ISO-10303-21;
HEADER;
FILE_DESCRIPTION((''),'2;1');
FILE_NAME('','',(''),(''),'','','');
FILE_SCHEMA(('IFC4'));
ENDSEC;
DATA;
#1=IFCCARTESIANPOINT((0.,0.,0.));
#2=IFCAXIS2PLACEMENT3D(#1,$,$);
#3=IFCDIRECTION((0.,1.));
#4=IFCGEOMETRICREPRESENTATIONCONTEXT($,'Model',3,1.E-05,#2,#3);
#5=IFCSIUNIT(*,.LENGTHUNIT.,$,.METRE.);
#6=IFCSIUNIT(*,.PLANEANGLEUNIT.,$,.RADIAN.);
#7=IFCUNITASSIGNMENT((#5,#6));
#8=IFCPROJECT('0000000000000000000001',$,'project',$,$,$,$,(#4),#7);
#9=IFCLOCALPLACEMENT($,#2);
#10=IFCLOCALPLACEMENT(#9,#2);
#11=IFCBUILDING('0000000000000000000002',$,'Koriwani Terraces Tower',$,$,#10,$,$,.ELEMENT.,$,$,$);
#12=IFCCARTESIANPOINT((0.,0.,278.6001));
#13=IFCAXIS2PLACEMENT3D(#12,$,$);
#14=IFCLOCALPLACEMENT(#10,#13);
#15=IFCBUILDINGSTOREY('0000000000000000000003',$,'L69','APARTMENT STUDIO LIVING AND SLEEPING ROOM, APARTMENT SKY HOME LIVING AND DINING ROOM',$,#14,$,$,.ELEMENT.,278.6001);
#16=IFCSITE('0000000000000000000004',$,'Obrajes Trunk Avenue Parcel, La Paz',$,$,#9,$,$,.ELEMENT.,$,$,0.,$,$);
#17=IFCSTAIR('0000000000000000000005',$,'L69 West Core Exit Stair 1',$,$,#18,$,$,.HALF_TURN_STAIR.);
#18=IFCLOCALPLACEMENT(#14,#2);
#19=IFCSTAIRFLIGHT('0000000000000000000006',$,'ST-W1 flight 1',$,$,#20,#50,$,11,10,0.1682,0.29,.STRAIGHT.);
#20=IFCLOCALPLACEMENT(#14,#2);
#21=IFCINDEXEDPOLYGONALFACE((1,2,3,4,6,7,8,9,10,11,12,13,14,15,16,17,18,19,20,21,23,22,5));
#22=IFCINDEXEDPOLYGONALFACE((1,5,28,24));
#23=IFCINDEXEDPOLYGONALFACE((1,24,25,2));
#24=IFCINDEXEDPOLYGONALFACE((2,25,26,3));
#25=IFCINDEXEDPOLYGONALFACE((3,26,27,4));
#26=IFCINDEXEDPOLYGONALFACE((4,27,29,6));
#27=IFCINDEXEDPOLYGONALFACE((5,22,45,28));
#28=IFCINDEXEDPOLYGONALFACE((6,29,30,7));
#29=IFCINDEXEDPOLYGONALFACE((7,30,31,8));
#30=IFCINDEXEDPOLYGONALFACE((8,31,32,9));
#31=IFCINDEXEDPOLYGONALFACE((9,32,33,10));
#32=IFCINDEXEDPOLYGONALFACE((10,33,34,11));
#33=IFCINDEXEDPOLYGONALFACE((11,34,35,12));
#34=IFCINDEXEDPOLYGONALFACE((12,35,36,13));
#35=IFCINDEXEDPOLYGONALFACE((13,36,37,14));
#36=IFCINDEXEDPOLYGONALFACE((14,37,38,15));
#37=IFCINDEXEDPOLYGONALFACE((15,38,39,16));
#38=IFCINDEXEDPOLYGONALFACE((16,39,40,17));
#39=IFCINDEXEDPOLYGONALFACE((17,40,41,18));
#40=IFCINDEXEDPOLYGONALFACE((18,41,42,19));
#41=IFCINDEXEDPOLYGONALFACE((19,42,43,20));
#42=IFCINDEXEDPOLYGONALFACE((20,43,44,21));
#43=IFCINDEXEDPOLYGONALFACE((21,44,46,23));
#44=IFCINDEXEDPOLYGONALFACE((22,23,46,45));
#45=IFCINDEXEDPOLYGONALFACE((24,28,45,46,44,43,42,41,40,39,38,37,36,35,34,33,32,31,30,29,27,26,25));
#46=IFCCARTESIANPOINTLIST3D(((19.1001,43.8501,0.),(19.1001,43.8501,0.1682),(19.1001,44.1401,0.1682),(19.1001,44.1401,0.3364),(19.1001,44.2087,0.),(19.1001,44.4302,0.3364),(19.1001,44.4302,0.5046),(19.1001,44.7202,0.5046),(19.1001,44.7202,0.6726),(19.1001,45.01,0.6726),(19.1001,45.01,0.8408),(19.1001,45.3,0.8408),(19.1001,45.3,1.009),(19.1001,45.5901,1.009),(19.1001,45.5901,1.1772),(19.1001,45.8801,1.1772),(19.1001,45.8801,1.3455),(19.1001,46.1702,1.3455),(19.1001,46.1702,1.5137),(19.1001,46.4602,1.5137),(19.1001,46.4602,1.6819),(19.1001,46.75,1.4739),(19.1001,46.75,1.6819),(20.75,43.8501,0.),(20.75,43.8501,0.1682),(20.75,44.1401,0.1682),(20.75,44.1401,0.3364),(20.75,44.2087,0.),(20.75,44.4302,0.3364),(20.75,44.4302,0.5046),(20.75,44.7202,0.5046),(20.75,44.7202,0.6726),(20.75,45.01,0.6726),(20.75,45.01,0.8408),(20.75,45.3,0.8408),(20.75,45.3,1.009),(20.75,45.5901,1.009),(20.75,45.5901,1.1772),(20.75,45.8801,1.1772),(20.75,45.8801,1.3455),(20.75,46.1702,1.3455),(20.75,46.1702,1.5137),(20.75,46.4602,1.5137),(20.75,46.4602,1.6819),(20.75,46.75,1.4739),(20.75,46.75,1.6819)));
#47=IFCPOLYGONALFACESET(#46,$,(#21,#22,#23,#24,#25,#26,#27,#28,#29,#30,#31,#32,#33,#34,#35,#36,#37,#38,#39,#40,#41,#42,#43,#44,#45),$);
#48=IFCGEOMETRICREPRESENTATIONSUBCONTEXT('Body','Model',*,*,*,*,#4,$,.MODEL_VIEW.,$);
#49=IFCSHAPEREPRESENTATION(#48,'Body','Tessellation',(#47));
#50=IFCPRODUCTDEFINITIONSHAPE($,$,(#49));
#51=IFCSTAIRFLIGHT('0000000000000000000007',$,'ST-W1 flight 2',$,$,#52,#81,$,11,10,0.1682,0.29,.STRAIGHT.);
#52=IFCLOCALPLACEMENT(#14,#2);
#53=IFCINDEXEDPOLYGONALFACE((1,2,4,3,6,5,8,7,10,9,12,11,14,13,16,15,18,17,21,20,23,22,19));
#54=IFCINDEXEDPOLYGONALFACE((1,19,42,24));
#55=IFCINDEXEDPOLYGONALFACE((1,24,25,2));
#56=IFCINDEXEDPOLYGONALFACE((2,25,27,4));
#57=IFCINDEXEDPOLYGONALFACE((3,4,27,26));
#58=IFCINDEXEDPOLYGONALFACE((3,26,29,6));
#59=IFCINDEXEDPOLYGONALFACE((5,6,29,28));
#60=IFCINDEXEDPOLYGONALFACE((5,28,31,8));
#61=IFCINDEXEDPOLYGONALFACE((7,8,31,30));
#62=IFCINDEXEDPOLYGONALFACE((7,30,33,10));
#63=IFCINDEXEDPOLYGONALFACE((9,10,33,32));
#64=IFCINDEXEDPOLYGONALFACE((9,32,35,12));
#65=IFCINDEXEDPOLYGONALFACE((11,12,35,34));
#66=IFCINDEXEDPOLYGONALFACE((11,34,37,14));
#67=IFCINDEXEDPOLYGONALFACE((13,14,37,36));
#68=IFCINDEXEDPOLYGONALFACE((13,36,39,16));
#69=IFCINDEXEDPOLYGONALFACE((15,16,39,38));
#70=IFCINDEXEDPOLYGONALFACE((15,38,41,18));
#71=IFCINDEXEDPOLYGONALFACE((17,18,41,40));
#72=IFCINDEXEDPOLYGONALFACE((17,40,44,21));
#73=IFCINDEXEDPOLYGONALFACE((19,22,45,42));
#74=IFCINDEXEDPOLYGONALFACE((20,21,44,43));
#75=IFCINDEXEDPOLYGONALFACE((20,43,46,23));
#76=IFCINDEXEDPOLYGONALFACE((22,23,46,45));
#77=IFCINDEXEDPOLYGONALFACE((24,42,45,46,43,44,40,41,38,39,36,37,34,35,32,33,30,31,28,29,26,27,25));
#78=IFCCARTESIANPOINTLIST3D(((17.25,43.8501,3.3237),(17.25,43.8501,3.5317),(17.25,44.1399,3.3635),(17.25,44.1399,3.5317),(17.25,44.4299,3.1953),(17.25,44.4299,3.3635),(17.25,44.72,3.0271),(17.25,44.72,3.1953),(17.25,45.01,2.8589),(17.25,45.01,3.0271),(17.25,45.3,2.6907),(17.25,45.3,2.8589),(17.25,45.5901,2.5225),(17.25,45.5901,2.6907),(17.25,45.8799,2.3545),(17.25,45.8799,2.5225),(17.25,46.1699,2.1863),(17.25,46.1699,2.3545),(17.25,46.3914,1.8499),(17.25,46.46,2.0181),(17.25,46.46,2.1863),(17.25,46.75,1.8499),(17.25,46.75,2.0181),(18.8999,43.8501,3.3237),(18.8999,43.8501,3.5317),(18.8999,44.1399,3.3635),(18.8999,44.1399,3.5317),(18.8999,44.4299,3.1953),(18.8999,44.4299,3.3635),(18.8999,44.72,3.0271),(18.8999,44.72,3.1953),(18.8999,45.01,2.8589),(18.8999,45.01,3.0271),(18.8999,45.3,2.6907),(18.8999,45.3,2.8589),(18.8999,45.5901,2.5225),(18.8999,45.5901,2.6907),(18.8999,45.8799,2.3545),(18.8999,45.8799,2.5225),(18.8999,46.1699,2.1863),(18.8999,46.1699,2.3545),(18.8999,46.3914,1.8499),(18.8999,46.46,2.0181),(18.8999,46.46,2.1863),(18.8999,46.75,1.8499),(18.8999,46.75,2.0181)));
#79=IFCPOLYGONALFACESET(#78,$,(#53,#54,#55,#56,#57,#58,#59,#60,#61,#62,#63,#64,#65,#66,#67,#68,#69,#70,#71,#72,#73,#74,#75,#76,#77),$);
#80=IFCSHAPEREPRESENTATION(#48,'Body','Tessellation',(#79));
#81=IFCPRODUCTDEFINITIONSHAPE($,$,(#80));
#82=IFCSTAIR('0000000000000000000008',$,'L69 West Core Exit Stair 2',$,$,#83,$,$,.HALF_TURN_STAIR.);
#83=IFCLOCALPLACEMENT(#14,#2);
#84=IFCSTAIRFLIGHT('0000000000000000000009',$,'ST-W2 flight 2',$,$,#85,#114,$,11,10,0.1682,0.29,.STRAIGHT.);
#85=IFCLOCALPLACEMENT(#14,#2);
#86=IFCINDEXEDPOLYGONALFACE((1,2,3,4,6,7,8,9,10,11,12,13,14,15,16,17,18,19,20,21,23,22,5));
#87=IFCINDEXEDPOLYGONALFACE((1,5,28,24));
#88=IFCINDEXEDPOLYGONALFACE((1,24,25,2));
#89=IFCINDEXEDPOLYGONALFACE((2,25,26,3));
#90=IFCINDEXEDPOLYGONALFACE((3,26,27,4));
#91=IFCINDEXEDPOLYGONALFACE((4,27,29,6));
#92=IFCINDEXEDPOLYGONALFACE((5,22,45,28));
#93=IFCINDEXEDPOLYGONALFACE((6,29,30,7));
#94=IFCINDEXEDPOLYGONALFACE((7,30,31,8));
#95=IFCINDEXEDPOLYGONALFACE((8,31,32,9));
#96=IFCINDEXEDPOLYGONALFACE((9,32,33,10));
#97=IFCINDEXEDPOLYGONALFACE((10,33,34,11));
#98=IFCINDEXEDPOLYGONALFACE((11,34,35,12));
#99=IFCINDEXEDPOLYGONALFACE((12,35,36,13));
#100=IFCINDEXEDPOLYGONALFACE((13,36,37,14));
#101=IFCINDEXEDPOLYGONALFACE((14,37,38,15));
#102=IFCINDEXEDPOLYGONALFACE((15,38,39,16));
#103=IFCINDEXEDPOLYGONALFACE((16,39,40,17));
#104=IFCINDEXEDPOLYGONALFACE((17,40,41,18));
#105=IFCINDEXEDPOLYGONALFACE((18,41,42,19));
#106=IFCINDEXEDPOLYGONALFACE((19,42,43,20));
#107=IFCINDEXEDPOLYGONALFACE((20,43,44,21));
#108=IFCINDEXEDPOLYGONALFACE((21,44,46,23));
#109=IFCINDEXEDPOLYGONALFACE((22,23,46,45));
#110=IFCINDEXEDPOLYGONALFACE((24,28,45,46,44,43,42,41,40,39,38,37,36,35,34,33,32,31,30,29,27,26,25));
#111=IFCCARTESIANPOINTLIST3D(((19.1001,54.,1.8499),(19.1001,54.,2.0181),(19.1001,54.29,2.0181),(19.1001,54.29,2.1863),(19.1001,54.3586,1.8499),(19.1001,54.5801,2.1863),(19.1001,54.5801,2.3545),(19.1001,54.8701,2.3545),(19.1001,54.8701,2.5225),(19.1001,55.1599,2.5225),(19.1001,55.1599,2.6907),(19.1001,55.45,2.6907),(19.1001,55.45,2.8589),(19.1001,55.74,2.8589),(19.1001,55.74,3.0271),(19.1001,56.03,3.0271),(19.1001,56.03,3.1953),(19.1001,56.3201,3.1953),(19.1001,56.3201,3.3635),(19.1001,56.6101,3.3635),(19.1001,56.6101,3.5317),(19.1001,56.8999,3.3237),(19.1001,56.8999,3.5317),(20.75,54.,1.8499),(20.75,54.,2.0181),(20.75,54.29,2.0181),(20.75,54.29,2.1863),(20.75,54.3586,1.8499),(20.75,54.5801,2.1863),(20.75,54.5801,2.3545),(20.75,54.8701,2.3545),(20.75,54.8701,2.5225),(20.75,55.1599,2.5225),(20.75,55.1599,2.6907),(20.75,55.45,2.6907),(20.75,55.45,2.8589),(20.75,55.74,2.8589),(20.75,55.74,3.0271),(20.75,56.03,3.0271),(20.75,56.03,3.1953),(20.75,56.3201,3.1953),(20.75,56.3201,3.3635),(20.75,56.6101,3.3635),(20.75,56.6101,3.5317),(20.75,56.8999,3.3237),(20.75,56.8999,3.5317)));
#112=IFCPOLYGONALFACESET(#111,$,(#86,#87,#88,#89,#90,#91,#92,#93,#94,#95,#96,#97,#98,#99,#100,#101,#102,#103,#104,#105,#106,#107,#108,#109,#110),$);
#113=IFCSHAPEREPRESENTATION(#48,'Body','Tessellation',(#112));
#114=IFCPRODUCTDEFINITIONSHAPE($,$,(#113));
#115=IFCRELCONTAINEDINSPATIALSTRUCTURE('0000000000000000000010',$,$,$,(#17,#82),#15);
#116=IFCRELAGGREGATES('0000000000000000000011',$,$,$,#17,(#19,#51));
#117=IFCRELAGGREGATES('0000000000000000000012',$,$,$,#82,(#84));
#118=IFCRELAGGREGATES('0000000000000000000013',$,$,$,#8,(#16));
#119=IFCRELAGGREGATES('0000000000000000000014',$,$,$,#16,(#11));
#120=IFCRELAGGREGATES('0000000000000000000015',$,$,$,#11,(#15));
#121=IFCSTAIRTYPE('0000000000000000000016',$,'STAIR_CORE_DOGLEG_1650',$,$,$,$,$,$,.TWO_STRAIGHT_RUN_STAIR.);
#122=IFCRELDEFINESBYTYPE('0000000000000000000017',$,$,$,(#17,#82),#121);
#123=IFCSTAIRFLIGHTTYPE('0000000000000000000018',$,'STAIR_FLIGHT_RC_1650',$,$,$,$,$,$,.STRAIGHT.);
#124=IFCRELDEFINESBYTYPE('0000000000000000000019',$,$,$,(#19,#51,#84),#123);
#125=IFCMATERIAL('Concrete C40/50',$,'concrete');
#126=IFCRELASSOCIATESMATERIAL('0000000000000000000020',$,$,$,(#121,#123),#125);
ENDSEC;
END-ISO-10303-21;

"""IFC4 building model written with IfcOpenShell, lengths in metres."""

from ifc_helpers import new_model, si_unit, direction, frame, origin, place, context, subcontext, project, spatial, polyline, outline, extrude, material, type_object, element, aggregate, save


model = new_model("IFC4")

# Units and contexts
model_context = context("Model", 3, precision=1e-05, world=origin(), true_north=direction((0.0, 1.0)))
body_context = subcontext(model_context, "Body", "Model", "MODEL_VIEW")
ifc_project = project(units=[si_unit("LENGTHUNIT", "METRE"), si_unit("PLANEANGLEUNIT", "RADIAN")], contexts=[model_context])

# Site, building, storey
site_placement = place(None, origin())
site = spatial("IfcSite", under=ifc_project, at=site_placement, Name="Obrajes Trunk Avenue Parcel, La Paz", CompositionType="ELEMENT", RefElevation=0.0)
building_placement = place(site_placement, origin())
building = spatial("IfcBuilding", under=site, at=building_placement, Name="Koriwani Terraces Tower", CompositionType="ELEMENT")
storey_placement = place(building_placement, frame((0.0, 0.0, 278.6001)))
storey = spatial("IfcBuildingStorey", under=building, at=storey_placement, Name="L69", Description="APARTMENT STUDIO LIVING AND SLEEPING ROOM, APARTMENT SKY HOME LIVING AND DINING ROOM", CompositionType="ELEMENT", Elevation=278.6001)

# Shared definitions
ifc_material_1 = material(Name="Concrete C40/50", Category="concrete")

# Stair, stair flights
stair_type = type_object("IfcStairType", Name="STAIR_CORE_DOGLEG_1650", PredefinedType="TWO_STRAIGHT_RUN_STAIR", material=ifc_material_1)
stair_1_placement = place(storey_placement, origin())
stair_1 = element("IfcStair", 1, at=stair_1_placement, inside=storey, type_object=stair_type, Name="L69 West Core Exit Stair 1", PredefinedType="HALF_TURN_STAIR")
stair_flight_type = type_object("IfcStairFlightType", Name="STAIR_FLIGHT_RC_1650", PredefinedType="STRAIGHT", material=ifc_material_1)
stair_flight_1_placement = place(storey_placement, frame((19.925, 43.8501, 0.0), z_axis=(0.0, 0.0, 1.0), x_axis=(0.0, 1.0, 0.0)))
stair_flight_1 = element("IfcStairFlight", 2, at=stair_flight_1_placement, type_object=stair_flight_type, Name="ST-W1 flight 1", NumberOfRisers=11, NumberOfTreads=10, PredefinedType="STRAIGHT", RiserHeight=0.1682, TreadLength=0.29, context=body_context, shape_type="SweptSolid", body=[
    extrude(outline(polyline([(0.0, 0.0), (0.0, 0.1682), (0.29, 0.1682), (0.29, 0.3364), (0.5801, 0.3364), (0.5801, 0.5046), (0.8701, 0.5046), (0.8701, 0.6726), (1.1599, 0.6726), (1.1599, 0.8408), (1.45, 0.8408), (1.45, 1.009), (1.74, 1.009), (1.74, 1.1772), (2.03, 1.1772), (2.03, 1.3455), (2.3201, 1.3455), (2.3201, 1.5137), (2.6101, 1.5137), (2.6101, 1.6819), (2.8999, 1.6819), (2.8999, 1.8501), (2.8999, 1.4739), (0.3586, 0.0), (0.0, 0.0)])), frame((0.0, 0.825, 0.0), z_axis=(0.0, -1.0, 0.0), x_axis=(1.0, 0.0, 0.0)), (0.0, 0.0, 1.0), 1.6499),
])
stair_flight_2_placement = place(storey_placement, frame((18.075, 46.75, 1.8499), z_axis=(0.0, 0.0, 1.0), x_axis=(0.0, -1.0, 0.0)))
stair_flight_2 = element("IfcStairFlight", 3, at=stair_flight_2_placement, type_object=stair_flight_type, Name="ST-W1 flight 2", NumberOfRisers=11, NumberOfTreads=10, PredefinedType="STRAIGHT", RiserHeight=0.1682, TreadLength=0.29, context=body_context, shape_type="SweptSolid", body=[
    extrude(outline(polyline([(0.0, 0.0), (0.0, 0.1682), (0.29, 0.1682), (0.29, 0.3364), (0.5801, 0.3364), (0.5801, 0.5046), (0.8701, 0.5046), (0.8701, 0.6726), (1.1599, 0.6726), (1.1599, 0.8408), (1.45, 0.8408), (1.45, 1.009), (1.74, 1.009), (1.74, 1.1772), (2.03, 1.1772), (2.03, 1.3455), (2.3201, 1.3455), (2.3201, 1.5137), (2.6101, 1.5137), (2.6101, 1.6819), (2.8999, 1.6819), (2.8999, 1.8501), (2.8999, 1.4739), (0.3586, 0.0), (0.0, 0.0)])), frame((0.0, 0.825, 0.0), z_axis=(0.0, -1.0, 0.0), x_axis=(1.0, 0.0, 0.0)), (0.0, 0.0, 1.0), 1.6499),
])
aggregate(stair_1, [stair_flight_1, stair_flight_2])

# Stair, stair flight
stair_2_placement = place(storey_placement, origin())
stair_2 = element("IfcStair", 4, at=stair_2_placement, inside=storey, type_object=stair_type, Name="L69 West Core Exit Stair 2", PredefinedType="HALF_TURN_STAIR")
stair_flight_3_placement = place(storey_placement, frame((19.925, 54.0, 1.8499), z_axis=(0.0, 0.0, 1.0), x_axis=(0.0, 1.0, 0.0)))
stair_flight_3 = element("IfcStairFlight", 5, at=stair_flight_3_placement, type_object=stair_flight_type, Name="ST-W2 flight 2", NumberOfRisers=11, NumberOfTreads=10, PredefinedType="STRAIGHT", RiserHeight=0.1682, TreadLength=0.29, context=body_context, shape_type="SweptSolid", body=[
    extrude(outline(polyline([(0.0, 0.0), (0.0, 0.1682), (0.29, 0.1682), (0.29, 0.3364), (0.5801, 0.3364), (0.5801, 0.5046), (0.8701, 0.5046), (0.8701, 0.6726), (1.1599, 0.6726), (1.1599, 0.8408), (1.45, 0.8408), (1.45, 1.009), (1.74, 1.009), (1.74, 1.1772), (2.03, 1.1772), (2.03, 1.3455), (2.3201, 1.3455), (2.3201, 1.5137), (2.6101, 1.5137), (2.6101, 1.6819), (2.8999, 1.6819), (2.8999, 1.8501), (2.8999, 1.4739), (0.3586, 0.0), (0.0, 0.0)])), frame((0.0, 0.825, 0.0), z_axis=(0.0, -1.0, 0.0), x_axis=(1.0, 0.0, 0.0)), (0.0, 0.0, 1.0), 1.6499),
])
aggregate(stair_2, [stair_flight_3])

save(model, "model.ifc")
